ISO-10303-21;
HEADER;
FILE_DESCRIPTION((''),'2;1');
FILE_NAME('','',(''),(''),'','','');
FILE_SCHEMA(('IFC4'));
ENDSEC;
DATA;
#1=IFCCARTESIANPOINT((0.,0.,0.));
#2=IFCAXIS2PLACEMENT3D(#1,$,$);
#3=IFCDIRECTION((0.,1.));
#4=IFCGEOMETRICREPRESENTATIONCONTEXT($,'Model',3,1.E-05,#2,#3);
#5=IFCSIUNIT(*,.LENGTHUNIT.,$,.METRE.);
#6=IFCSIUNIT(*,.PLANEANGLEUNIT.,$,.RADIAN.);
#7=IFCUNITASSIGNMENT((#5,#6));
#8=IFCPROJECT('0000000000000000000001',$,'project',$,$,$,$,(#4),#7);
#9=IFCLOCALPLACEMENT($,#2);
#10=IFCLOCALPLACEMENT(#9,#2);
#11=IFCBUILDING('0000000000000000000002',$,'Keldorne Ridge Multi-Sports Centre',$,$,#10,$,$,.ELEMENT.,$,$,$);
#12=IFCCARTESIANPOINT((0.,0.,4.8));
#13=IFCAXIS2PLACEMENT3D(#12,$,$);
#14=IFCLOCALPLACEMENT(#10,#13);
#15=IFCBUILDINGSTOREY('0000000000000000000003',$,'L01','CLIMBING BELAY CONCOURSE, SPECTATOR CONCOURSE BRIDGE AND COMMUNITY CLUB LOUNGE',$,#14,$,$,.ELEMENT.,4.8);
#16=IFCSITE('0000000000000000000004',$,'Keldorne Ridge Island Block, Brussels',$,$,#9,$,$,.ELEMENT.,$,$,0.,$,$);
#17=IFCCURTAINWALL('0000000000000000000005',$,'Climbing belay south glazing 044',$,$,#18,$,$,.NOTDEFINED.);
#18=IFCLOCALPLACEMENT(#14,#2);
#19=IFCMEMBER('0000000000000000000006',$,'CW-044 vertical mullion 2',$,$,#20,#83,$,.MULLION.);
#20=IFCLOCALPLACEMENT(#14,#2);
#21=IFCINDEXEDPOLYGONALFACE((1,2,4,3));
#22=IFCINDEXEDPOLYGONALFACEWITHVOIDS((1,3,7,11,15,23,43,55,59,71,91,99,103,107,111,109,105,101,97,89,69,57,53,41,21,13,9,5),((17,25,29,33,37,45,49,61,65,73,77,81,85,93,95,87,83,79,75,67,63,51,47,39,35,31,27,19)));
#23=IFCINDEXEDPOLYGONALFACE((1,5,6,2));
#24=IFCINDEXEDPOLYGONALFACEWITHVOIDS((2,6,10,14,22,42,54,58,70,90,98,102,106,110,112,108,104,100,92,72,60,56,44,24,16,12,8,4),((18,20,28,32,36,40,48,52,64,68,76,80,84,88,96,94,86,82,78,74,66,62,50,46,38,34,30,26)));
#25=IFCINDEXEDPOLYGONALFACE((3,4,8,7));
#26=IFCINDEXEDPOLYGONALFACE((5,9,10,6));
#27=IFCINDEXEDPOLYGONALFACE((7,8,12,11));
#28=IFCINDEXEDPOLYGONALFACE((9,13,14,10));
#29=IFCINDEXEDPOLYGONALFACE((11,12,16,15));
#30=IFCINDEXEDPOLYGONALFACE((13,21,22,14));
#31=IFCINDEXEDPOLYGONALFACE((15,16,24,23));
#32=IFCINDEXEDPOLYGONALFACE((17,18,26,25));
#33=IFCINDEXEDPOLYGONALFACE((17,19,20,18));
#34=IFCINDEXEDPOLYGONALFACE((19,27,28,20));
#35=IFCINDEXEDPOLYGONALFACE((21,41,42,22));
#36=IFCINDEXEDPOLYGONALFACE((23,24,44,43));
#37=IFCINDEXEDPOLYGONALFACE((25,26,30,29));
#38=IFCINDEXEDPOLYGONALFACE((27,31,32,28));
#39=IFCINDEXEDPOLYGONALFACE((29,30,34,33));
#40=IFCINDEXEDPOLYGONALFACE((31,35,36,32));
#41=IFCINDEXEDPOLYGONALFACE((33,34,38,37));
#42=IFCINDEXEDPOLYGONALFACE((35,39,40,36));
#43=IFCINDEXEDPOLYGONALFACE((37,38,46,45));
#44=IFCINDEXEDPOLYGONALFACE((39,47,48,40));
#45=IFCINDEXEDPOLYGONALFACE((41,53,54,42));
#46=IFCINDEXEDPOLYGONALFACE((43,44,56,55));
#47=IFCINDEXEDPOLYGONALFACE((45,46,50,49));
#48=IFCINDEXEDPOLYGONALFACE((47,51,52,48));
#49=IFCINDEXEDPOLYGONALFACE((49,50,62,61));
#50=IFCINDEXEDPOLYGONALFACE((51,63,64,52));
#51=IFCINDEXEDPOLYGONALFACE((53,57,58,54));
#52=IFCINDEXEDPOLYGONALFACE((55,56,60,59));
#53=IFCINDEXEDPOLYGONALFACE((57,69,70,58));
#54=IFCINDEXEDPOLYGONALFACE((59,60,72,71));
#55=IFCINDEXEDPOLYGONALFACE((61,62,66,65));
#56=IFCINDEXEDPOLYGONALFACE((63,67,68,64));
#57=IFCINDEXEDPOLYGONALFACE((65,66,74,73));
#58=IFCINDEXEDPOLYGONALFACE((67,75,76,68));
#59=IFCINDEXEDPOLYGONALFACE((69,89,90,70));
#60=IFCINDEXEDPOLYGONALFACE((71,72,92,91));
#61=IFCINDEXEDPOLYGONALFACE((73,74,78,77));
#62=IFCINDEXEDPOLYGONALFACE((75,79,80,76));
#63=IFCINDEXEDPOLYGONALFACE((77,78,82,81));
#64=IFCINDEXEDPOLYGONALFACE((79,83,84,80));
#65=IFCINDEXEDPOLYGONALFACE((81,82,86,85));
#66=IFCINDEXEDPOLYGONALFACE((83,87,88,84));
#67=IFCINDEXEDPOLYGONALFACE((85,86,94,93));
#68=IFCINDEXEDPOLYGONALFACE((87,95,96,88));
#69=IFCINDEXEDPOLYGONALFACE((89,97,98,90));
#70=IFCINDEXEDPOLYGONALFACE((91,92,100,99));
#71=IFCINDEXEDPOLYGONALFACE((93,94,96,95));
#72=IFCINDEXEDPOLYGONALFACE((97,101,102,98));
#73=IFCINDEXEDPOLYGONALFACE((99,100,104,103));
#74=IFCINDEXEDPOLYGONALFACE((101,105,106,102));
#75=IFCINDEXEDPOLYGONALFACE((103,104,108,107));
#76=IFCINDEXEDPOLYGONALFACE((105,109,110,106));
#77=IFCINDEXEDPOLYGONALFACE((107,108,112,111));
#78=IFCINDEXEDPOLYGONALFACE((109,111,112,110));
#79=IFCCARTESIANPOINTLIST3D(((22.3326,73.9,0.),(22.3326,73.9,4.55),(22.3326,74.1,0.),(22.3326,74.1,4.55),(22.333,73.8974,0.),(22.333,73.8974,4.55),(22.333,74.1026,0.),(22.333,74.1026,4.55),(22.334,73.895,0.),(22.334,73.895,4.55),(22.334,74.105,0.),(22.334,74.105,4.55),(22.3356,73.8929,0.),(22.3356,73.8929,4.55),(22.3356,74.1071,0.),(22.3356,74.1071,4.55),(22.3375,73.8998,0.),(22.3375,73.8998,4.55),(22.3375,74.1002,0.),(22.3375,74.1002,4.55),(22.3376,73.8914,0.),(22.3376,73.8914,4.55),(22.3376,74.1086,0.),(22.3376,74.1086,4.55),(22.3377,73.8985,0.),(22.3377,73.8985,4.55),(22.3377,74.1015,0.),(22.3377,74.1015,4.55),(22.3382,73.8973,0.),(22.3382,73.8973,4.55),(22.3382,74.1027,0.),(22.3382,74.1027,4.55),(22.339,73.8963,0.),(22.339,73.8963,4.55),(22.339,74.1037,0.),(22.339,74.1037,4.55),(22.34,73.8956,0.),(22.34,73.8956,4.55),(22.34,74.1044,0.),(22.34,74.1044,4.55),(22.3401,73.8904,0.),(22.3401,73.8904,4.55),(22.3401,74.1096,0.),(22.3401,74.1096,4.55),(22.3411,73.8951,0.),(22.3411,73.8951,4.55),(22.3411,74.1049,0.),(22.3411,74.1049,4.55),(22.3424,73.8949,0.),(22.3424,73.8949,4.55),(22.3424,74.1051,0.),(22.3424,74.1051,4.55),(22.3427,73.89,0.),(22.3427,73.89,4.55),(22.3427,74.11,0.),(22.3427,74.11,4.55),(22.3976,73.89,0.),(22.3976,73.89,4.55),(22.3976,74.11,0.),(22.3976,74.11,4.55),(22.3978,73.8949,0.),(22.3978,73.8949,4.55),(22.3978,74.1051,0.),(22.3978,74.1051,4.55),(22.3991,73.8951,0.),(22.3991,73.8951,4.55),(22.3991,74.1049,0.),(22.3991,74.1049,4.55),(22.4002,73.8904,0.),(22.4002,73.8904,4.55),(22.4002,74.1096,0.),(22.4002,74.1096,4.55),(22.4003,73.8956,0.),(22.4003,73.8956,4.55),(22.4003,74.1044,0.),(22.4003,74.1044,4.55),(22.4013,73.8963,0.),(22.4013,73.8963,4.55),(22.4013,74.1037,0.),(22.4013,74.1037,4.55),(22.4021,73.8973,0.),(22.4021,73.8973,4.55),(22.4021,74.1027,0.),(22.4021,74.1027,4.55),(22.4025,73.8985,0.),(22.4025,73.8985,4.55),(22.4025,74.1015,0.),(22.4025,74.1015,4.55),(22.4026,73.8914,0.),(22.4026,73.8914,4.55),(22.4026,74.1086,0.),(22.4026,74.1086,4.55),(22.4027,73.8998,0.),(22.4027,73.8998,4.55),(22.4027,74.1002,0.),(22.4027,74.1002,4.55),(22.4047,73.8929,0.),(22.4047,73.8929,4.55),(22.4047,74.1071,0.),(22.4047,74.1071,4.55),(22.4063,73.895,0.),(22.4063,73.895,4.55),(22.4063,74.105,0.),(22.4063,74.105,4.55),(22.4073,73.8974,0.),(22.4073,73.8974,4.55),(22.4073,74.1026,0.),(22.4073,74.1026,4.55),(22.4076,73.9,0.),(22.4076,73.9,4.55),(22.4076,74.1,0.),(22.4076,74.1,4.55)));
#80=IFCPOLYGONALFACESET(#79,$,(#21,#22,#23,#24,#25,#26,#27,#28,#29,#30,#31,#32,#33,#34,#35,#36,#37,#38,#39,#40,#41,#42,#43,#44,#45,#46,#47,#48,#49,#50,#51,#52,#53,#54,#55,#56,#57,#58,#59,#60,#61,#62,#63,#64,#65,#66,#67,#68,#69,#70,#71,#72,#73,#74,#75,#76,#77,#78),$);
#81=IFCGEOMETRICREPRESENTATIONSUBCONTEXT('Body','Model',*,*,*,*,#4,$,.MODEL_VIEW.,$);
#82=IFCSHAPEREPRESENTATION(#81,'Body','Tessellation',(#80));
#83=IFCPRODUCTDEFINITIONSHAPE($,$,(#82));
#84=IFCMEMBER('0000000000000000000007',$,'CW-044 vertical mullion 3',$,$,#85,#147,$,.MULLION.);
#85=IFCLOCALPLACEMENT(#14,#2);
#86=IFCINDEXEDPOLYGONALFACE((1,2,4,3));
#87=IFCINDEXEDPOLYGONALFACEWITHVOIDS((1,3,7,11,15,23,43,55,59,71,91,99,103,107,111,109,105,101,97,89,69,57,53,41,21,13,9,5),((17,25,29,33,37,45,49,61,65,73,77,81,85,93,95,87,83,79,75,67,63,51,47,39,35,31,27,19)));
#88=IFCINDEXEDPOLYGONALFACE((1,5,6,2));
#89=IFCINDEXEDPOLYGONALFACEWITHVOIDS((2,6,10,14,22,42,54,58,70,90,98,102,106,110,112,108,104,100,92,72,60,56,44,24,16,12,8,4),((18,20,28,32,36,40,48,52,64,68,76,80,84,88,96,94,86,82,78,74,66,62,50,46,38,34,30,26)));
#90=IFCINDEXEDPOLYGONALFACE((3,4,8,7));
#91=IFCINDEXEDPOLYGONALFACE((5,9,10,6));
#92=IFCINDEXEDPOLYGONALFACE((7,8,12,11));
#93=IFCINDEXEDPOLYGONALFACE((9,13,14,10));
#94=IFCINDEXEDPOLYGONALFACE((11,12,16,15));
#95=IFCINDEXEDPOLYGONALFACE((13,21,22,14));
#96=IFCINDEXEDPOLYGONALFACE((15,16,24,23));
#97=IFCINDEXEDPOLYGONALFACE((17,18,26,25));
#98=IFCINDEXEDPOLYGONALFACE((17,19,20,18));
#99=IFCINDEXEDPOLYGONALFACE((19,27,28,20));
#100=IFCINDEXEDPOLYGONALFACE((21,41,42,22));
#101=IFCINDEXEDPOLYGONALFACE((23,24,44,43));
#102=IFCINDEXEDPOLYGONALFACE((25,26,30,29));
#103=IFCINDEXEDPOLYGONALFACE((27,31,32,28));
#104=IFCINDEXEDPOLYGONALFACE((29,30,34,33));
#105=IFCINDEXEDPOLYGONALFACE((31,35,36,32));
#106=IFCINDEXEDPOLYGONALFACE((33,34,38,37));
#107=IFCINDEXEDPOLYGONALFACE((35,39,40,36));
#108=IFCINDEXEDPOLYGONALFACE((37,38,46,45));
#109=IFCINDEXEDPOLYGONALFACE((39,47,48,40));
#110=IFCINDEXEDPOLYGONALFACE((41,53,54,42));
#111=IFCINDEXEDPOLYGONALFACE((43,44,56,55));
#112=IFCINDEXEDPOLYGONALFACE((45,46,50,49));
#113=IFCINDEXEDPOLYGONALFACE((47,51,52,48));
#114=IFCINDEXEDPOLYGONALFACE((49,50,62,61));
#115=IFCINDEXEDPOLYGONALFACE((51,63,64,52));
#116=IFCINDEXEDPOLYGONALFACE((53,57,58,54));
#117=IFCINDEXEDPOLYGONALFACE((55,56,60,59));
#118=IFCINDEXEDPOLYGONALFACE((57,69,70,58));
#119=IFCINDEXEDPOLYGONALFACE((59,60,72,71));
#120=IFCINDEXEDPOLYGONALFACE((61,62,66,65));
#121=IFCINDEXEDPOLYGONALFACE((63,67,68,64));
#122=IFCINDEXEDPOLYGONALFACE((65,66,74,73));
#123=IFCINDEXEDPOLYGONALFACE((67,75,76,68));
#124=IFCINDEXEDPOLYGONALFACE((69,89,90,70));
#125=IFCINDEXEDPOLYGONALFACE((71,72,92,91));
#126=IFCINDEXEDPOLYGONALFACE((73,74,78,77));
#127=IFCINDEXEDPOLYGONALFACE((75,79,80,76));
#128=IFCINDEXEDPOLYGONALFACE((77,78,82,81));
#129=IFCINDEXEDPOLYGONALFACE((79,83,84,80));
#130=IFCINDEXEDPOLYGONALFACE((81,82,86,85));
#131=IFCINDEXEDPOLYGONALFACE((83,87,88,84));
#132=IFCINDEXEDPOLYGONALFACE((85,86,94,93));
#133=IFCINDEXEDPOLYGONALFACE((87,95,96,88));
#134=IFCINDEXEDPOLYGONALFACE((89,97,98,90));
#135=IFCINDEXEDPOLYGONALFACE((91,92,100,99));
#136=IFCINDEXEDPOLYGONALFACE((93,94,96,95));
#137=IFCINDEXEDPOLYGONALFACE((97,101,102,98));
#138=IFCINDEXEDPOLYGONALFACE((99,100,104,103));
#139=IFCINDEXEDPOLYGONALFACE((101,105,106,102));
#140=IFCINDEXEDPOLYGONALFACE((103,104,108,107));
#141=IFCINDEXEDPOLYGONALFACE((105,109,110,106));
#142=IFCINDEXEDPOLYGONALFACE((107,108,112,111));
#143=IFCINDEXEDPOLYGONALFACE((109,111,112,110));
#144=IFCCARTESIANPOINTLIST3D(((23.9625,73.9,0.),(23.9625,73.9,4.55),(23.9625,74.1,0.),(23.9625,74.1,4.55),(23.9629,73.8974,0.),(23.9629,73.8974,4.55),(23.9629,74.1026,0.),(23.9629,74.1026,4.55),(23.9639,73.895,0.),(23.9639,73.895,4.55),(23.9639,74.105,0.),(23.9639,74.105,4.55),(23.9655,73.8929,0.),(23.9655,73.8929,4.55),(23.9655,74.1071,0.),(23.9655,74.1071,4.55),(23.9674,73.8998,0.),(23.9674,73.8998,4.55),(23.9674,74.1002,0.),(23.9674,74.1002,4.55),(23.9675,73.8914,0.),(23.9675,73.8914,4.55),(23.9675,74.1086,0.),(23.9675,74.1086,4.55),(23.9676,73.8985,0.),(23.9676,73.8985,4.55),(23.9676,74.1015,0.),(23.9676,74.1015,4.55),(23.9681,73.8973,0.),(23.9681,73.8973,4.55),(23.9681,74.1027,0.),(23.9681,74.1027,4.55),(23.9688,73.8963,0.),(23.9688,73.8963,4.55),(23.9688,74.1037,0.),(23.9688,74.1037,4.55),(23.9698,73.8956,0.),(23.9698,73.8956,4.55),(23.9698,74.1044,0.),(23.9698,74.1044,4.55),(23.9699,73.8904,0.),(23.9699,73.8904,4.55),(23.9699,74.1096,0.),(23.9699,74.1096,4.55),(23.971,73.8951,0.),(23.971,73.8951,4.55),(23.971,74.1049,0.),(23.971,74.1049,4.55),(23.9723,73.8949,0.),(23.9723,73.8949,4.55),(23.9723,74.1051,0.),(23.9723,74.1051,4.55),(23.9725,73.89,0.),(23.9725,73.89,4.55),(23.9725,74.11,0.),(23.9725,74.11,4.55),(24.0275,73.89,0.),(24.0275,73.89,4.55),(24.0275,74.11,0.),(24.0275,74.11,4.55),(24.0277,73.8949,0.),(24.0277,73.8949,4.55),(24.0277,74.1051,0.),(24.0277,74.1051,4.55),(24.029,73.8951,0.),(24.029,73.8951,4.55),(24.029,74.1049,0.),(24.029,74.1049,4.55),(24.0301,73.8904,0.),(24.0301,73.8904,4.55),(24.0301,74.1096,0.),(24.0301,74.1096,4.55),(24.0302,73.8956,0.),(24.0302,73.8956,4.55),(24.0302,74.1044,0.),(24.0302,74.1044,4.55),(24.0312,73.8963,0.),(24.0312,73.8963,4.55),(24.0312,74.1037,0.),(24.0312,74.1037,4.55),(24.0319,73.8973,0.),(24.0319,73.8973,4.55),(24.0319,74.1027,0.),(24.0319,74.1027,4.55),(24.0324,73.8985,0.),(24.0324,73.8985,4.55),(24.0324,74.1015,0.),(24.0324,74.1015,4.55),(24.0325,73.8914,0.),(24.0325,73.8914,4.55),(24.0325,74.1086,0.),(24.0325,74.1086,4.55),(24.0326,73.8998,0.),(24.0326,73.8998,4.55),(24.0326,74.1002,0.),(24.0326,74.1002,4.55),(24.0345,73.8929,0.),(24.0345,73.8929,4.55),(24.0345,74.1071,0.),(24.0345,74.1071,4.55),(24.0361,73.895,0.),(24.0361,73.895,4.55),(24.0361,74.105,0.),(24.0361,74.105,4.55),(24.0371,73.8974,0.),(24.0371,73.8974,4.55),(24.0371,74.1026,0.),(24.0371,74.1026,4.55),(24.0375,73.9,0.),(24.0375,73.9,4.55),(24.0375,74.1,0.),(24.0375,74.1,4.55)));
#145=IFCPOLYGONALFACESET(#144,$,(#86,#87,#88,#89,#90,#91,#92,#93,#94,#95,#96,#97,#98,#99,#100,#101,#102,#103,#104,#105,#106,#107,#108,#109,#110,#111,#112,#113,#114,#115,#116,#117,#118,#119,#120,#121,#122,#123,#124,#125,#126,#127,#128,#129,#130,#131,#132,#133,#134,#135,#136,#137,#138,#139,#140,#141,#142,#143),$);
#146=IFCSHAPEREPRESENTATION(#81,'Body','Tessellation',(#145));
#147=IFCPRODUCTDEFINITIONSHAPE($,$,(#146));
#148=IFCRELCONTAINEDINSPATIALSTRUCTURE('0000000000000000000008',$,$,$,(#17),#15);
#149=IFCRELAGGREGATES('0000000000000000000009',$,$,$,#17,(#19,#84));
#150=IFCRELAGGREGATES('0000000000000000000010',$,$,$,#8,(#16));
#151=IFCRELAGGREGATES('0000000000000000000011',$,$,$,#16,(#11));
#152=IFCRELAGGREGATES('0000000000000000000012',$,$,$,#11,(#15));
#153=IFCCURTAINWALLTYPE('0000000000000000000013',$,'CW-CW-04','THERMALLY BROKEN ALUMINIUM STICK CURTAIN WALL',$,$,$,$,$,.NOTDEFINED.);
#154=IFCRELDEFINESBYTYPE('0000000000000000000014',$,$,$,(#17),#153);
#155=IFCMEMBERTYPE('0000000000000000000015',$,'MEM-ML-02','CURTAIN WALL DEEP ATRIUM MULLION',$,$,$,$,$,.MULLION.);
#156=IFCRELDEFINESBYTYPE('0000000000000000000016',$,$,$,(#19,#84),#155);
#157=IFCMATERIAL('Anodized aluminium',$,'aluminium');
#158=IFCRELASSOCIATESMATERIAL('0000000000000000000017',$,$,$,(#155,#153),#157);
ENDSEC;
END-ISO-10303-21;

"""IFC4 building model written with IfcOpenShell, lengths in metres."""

from ifc_helpers import new_model, si_unit, direction, frame, origin, origin_2d, place, context, subcontext, project, spatial, hollow_rectangle, extrude, material, material_profile, profile_set, type_object, element, aggregate, save


model = new_model("IFC4")

# Units and contexts
model_context = context("Model", 3, precision=1e-05, world=origin(), true_north=direction((0.0, 1.0)))
body_context = subcontext(model_context, "Body", "Model", "MODEL_VIEW")
ifc_project = project(units=[si_unit("LENGTHUNIT", "METRE"), si_unit("PLANEANGLEUNIT", "RADIAN")], contexts=[model_context])

# Site, building, storey
site_placement = place(None, origin())
site = spatial("IfcSite", under=ifc_project, at=site_placement, Name="Keldorne Ridge Island Block, Brussels", CompositionType="ELEMENT", RefElevation=0.0)
building_placement = place(site_placement, origin())
building = spatial("IfcBuilding", under=site, at=building_placement, Name="Keldorne Ridge Multi-Sports Centre", CompositionType="ELEMENT")
storey_placement = place(building_placement, frame((0.0, 0.0, 4.8)))
storey = spatial("IfcBuildingStorey", under=building, at=storey_placement, Name="L01", Description="CLIMBING BELAY CONCOURSE, SPECTATOR CONCOURSE BRIDGE AND COMMUNITY CLUB LOUNGE", CompositionType="ELEMENT", Elevation=4.8)

# Curtain wall, members
ifc_material_1 = material(Name="Anodized aluminium", Category="aluminium")
ifc_material_profile_1 = material_profile(ifc_material_1, hollow_rectangle(XDim=0.075, YDim=0.22, WallThickness=0.0049, InnerFilletRadius=0.0049, OuterFilletRadius=0.01, at=origin_2d()), Name="ALU MULLION 220x75x5")
ifc_profile_set_1 = profile_set([ifc_material_profile_1], Name="Anodized aluminium")
member_type_1 = type_object("IfcMemberType", Name="MEM-ML-02", Description="CURTAIN WALL DEEP ATRIUM MULLION", PredefinedType="MULLION", material=ifc_profile_set_1)
curtain_wall_type_1 = type_object("IfcCurtainWallType", Name="CW-CW-04", Description="THERMALLY BROKEN ALUMINIUM STICK CURTAIN WALL", PredefinedType="NOTDEFINED", material=ifc_material_1)
curtain_wall_1_placement = place(storey_placement, origin())
curtain_wall_1 = element("IfcCurtainWall", 1, at=curtain_wall_1_placement, inside=storey, type_object=curtain_wall_type_1, Name="Climbing belay south glazing 044", PredefinedType="NOTDEFINED")
member_1_placement = place(storey_placement, frame((22.3701, 74.0, 0.0), z_axis=(0.0, 0.0, 1.0), x_axis=(1.0, 0.0, 0.0)))
member_1 = element("IfcMember", 2, at=member_1_placement, type_object=member_type_1, Name="CW-044 vertical mullion 2", PredefinedType="MULLION", context=body_context, shape_type="SweptSolid", body=[
    extrude(hollow_rectangle(XDim=0.075, YDim=0.22, WallThickness=0.0049, InnerFilletRadius=0.0049, OuterFilletRadius=0.01, at=origin_2d()), origin(), (0.0, 0.0, 1.0), 4.55),
])
member_2_placement = place(storey_placement, frame((24.0, 74.0, 0.0), z_axis=(0.0, 0.0, 1.0), x_axis=(1.0, 0.0, 0.0)))
member_2 = element("IfcMember", 3, at=member_2_placement, type_object=member_type_1, Name="CW-044 vertical mullion 3", PredefinedType="MULLION", context=body_context, shape_type="SweptSolid", body=[
    extrude(hollow_rectangle(XDim=0.075, YDim=0.22, WallThickness=0.0049, InnerFilletRadius=0.0049, OuterFilletRadius=0.01, at=origin_2d()), origin(), (0.0, 0.0, 1.0), 4.55),
])

aggregate(curtain_wall_1, [member_1, member_2])

save(model, "model.ifc")
